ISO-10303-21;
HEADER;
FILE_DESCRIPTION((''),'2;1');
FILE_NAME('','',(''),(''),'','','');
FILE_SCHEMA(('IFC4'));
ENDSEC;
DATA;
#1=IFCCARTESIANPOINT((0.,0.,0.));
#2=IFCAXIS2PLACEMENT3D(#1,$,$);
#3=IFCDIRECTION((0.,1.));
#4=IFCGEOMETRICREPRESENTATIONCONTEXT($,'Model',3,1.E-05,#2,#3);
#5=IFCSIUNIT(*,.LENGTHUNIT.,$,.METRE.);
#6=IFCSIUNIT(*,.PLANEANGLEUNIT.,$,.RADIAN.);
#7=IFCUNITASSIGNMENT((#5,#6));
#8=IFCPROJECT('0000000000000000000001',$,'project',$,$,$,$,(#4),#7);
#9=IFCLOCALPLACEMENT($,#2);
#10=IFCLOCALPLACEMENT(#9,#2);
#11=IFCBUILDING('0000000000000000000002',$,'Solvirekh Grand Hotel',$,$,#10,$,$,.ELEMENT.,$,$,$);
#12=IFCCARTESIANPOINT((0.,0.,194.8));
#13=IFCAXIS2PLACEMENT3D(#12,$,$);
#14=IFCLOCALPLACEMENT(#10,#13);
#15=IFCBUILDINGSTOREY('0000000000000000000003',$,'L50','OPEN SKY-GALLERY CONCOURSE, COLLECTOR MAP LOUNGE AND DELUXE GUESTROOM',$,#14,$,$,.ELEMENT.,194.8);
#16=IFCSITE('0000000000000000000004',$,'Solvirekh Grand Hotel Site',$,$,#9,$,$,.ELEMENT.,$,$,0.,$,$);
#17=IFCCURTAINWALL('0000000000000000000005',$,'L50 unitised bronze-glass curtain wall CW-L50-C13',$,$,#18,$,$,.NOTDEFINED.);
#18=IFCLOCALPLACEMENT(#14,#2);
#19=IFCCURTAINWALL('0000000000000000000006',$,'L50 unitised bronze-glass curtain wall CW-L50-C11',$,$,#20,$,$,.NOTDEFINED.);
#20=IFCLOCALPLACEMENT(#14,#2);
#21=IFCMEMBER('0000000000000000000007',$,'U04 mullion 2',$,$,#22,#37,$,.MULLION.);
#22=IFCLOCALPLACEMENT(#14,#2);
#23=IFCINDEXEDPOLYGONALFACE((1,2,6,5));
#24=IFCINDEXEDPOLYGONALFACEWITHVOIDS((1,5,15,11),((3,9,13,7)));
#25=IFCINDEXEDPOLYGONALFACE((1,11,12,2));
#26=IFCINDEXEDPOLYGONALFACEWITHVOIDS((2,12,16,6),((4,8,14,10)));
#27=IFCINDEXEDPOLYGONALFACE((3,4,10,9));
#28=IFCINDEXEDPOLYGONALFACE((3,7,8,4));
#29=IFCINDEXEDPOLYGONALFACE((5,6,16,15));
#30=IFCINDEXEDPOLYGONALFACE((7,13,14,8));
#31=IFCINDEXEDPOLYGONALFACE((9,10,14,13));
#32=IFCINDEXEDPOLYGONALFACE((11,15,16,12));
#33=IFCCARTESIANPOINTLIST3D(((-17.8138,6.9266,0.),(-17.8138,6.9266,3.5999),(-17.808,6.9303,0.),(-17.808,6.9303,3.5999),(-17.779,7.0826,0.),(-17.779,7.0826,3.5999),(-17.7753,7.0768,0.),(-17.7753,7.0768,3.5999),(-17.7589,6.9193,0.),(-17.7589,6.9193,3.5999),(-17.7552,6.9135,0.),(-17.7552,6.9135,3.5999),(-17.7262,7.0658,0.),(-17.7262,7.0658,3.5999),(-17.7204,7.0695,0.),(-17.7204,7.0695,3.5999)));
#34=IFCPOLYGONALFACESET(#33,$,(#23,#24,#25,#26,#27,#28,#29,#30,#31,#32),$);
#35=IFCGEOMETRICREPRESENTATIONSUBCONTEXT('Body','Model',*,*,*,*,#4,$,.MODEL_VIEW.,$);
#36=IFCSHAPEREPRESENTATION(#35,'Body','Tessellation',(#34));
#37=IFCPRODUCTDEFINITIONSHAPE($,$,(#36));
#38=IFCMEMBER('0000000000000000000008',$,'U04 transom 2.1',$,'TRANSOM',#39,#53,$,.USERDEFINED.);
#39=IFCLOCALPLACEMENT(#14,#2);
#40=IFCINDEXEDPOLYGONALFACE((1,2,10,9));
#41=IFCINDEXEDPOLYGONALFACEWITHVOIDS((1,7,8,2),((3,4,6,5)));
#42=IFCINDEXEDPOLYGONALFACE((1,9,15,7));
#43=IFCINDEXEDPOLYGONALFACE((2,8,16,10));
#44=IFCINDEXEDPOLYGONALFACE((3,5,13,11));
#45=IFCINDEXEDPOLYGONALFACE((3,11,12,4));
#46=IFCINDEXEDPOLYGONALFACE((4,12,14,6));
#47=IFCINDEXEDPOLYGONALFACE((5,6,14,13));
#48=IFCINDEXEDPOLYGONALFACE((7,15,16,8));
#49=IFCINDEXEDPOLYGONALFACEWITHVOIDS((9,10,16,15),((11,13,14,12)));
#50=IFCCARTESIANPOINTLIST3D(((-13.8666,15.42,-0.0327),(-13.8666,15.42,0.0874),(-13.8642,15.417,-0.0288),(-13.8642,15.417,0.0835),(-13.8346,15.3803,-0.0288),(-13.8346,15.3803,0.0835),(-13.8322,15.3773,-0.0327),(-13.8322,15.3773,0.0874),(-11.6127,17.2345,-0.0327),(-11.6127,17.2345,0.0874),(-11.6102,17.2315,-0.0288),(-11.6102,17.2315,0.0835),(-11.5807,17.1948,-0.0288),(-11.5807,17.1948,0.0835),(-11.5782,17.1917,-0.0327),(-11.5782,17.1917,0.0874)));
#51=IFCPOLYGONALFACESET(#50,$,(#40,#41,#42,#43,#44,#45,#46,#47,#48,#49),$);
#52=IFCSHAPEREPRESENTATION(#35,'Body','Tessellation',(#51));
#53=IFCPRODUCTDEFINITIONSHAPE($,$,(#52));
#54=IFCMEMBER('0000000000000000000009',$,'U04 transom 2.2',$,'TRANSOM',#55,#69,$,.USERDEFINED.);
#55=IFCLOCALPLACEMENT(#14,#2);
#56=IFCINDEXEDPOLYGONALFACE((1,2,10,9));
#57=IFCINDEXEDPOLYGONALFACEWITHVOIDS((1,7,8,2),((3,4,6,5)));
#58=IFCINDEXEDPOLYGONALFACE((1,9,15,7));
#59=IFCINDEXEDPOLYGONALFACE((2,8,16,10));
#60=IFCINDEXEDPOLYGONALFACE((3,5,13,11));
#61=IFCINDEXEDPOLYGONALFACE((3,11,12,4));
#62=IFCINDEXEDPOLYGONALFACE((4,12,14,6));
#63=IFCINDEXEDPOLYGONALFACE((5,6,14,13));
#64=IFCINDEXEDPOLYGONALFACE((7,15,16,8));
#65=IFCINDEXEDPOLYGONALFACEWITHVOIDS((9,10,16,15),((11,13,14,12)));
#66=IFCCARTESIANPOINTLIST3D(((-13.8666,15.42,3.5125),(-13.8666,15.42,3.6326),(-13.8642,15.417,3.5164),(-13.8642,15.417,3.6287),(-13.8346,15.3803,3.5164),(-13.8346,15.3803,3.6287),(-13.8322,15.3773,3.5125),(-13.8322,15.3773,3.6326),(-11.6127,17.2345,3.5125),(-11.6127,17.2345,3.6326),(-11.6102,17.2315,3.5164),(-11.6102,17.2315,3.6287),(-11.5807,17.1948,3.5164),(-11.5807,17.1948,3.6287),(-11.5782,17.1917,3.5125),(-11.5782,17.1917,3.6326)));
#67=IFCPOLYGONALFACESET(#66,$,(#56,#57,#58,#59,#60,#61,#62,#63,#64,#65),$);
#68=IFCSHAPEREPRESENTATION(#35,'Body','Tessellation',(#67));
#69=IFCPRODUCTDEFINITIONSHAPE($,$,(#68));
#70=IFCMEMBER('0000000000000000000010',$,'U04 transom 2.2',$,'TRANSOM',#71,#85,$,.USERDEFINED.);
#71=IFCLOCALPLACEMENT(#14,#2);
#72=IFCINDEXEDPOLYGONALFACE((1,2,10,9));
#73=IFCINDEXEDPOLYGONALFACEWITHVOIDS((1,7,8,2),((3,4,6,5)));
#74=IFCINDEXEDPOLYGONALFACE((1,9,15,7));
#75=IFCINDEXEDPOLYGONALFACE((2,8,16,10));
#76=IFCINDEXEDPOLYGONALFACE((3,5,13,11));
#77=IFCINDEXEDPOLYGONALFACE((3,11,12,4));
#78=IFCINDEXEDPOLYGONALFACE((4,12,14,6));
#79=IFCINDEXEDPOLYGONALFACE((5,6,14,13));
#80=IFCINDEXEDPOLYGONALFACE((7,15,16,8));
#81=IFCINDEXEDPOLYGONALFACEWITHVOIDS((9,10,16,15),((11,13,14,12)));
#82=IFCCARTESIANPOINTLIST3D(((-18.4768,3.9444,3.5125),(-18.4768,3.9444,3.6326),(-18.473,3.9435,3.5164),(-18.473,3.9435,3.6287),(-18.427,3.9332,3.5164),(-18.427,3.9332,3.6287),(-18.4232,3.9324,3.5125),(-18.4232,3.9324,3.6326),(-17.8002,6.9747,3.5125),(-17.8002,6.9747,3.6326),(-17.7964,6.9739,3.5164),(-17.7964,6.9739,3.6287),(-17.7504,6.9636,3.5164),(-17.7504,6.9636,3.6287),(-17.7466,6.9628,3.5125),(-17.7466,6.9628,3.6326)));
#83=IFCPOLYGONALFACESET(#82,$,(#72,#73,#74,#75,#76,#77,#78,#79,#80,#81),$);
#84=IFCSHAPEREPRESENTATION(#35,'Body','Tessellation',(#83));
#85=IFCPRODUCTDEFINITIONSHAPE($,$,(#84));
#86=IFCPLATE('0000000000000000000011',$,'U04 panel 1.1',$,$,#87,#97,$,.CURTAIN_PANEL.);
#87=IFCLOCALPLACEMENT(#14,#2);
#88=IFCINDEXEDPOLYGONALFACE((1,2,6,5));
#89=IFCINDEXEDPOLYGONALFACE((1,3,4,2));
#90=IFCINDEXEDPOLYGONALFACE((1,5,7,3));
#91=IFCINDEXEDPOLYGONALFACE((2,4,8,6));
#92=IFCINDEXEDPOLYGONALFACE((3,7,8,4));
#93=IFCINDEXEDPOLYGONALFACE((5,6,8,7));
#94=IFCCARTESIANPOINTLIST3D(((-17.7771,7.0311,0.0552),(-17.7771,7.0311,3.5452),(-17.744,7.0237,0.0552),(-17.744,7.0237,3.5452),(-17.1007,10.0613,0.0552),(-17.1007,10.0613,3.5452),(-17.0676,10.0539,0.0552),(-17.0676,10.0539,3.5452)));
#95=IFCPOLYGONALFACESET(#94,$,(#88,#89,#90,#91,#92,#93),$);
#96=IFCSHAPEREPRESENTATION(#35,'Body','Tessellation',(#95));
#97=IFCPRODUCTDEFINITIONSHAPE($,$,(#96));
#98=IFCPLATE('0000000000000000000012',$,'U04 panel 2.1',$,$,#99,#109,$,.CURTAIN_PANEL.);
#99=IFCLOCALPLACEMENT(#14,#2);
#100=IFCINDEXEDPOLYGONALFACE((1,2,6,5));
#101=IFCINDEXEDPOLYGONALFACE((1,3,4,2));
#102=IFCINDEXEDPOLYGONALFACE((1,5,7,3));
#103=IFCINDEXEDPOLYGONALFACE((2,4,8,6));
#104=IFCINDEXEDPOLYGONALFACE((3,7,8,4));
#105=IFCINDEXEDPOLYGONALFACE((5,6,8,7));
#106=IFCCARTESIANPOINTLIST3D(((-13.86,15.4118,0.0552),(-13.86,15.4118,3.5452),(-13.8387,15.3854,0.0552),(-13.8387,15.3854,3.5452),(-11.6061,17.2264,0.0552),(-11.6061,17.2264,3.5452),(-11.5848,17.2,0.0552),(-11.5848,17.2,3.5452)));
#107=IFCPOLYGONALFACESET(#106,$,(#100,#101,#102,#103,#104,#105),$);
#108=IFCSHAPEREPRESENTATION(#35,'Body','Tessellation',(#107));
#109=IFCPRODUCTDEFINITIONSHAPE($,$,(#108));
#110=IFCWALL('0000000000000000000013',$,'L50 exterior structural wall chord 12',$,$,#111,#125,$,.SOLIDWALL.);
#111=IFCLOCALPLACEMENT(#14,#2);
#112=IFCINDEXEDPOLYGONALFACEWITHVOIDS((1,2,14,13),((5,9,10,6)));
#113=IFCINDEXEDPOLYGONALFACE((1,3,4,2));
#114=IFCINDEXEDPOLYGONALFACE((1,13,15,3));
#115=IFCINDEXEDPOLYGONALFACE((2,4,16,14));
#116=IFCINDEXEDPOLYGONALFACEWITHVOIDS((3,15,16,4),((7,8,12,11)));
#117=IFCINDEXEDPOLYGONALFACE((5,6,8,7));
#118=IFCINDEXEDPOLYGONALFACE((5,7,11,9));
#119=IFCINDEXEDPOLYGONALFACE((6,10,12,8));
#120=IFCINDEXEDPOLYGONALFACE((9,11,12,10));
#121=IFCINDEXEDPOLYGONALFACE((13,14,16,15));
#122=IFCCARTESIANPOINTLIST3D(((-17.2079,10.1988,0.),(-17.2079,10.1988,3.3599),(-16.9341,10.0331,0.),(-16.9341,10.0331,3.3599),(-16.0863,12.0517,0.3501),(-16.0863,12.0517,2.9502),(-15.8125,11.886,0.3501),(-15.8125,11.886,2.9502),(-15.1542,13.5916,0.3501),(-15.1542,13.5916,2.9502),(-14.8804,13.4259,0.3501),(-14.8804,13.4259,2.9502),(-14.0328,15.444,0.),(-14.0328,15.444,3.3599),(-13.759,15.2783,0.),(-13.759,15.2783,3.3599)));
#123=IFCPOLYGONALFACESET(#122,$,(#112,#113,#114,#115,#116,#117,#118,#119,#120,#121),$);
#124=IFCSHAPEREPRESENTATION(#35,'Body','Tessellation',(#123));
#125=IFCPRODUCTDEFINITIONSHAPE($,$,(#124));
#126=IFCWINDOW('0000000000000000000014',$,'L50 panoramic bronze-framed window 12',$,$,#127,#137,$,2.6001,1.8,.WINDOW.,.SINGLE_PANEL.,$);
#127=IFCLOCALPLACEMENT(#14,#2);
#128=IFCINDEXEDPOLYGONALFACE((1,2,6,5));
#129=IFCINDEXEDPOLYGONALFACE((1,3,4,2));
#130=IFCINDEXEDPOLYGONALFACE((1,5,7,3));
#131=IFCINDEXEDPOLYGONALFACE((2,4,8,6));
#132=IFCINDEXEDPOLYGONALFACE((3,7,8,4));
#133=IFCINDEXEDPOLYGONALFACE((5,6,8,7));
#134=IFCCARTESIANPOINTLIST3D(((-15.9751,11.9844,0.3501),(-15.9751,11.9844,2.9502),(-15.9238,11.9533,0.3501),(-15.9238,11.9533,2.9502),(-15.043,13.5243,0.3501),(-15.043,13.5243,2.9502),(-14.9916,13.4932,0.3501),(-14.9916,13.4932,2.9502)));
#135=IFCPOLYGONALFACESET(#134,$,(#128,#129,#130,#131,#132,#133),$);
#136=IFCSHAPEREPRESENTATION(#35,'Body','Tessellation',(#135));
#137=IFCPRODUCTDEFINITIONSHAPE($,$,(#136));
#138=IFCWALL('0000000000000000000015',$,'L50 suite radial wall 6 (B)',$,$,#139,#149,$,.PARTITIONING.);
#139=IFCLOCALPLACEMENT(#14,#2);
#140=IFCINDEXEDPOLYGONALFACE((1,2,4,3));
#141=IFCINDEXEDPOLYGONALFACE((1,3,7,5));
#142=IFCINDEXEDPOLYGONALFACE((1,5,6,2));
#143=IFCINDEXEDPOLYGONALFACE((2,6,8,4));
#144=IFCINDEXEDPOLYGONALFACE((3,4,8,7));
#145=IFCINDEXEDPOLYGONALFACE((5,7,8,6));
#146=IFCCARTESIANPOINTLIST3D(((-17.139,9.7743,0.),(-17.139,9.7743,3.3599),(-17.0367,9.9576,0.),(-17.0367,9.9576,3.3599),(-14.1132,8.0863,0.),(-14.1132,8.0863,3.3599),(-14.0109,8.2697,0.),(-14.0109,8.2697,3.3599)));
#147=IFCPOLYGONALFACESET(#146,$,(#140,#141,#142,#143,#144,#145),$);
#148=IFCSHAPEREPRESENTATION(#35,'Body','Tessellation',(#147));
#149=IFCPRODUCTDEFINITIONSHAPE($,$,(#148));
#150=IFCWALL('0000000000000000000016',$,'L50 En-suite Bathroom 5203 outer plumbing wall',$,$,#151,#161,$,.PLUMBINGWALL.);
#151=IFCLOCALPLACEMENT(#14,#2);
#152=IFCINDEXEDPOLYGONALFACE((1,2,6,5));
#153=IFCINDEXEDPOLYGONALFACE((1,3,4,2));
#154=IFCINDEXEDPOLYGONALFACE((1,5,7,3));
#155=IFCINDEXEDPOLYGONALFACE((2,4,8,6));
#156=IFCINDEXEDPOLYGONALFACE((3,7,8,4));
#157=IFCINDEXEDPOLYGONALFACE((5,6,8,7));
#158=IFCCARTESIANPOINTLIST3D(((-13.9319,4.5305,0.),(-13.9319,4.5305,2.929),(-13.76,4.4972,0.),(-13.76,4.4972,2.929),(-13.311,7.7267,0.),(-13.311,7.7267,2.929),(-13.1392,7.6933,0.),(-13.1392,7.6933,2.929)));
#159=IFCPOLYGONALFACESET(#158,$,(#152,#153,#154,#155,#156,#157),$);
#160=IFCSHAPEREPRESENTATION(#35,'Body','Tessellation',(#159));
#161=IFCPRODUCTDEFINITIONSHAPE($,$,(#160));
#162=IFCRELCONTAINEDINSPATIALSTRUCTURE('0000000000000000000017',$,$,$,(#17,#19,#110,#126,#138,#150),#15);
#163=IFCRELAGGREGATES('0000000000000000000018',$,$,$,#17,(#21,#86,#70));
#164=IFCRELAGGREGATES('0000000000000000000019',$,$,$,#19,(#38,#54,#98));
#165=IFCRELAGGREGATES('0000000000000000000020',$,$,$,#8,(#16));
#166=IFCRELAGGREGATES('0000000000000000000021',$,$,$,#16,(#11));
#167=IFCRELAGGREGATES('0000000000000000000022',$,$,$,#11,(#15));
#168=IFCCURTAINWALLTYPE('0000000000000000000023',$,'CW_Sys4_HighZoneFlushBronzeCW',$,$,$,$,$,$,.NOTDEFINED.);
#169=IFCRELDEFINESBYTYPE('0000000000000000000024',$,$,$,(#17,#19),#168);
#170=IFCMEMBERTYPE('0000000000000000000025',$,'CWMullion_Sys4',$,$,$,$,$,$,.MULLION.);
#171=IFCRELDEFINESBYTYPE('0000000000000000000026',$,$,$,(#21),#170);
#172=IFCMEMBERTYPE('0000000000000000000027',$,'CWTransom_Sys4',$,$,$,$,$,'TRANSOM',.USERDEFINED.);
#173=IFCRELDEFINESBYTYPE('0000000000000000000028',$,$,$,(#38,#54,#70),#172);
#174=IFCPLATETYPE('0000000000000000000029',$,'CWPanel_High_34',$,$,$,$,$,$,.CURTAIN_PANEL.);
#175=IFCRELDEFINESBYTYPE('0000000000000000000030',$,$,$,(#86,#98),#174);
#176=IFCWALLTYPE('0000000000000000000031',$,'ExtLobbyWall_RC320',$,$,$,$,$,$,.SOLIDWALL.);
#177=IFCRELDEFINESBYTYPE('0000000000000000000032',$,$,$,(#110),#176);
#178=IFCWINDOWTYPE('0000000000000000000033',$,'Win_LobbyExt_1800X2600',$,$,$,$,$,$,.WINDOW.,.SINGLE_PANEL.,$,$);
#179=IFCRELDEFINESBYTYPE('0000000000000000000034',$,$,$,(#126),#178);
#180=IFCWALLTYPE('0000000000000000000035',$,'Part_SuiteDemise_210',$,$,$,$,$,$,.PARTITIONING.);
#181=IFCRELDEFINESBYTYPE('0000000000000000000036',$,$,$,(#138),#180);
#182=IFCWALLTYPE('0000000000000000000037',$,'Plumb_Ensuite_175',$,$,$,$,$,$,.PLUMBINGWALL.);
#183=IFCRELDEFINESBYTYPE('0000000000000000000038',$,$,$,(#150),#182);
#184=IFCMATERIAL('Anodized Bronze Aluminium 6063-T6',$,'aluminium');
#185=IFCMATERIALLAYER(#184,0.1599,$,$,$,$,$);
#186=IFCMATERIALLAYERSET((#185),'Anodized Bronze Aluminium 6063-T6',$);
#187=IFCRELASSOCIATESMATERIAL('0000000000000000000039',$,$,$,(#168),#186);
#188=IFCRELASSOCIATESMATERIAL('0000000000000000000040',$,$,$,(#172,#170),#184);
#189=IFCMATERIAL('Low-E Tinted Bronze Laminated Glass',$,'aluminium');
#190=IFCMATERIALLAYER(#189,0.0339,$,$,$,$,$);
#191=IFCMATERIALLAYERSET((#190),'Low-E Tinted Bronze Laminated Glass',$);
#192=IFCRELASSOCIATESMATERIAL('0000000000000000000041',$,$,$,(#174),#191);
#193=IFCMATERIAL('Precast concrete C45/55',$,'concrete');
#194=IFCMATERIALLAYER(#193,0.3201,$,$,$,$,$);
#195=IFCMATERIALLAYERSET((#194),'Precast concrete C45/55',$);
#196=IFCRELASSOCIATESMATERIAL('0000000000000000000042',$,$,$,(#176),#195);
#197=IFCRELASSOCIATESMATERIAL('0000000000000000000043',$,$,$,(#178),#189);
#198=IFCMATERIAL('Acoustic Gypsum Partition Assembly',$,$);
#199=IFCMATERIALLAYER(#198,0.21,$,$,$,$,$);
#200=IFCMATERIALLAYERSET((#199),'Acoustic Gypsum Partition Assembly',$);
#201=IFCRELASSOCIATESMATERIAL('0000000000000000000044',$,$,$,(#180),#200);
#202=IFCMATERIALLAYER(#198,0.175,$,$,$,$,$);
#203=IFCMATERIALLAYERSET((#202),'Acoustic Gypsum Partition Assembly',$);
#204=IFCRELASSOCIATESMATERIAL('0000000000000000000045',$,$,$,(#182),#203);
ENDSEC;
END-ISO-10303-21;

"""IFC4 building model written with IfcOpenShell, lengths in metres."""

from ifc_helpers import new_model, si_unit, direction, frame, frame_2d, origin, origin_2d, place, context, subcontext, project, spatial, rectangle, hollow_rectangle, extrude, source, transform, mapped, material, layer, layer_set, material_profile, profile_set, type_object, element, fill, aggregate, save


model = new_model("IFC4")

# Units and contexts
model_context = context("Model", 3, precision=1e-05, world=origin(), true_north=direction((0.0, 1.0)))
body_context = subcontext(model_context, "Body", "Model", "MODEL_VIEW")
ifc_project = project(units=[si_unit("LENGTHUNIT", "METRE"), si_unit("PLANEANGLEUNIT", "RADIAN")], contexts=[model_context])

# Site, building, storey
site_placement = place(None, origin())
site = spatial("IfcSite", under=ifc_project, at=site_placement, Name="Solvirekh Grand Hotel Site", CompositionType="ELEMENT", RefElevation=0.0)
building_placement = place(site_placement, origin())
building = spatial("IfcBuilding", under=site, at=building_placement, Name="Solvirekh Grand Hotel", CompositionType="ELEMENT")
storey_placement = place(building_placement, frame((0.0, 0.0, 194.8)))
storey = spatial("IfcBuildingStorey", under=building, at=storey_placement, Name="L50", Description="OPEN SKY-GALLERY CONCOURSE, COLLECTOR MAP LOUNGE AND DELUXE GUESTROOM", CompositionType="ELEMENT", Elevation=194.8)

# Curtain walls
ifc_material_1 = material(Name="Anodized Bronze Aluminium 6063-T6", Category="aluminium")
ifc_layer_1 = layer(ifc_material_1, 0.1599)
ifc_layer_set_1 = layer_set([ifc_layer_1], Name="Anodized Bronze Aluminium 6063-T6")
curtain_wall_type = type_object("IfcCurtainWallType", Name="CW_Sys4_HighZoneFlushBronzeCW", PredefinedType="NOTDEFINED", material=ifc_layer_set_1)
curtain_wall_1_placement = place(storey_placement, origin())
curtain_wall_1 = element("IfcCurtainWall", 1, at=curtain_wall_1_placement, inside=storey, type_object=curtain_wall_type, Name="L50 unitised bronze-glass curtain wall CW-L50-C13", PredefinedType="NOTDEFINED")
ifc_material_profile_1 = material_profile(ifc_material_1, hollow_rectangle(XDim=0.0549, YDim=0.1201, WallThickness=0.0039, at=origin_2d()), Name="ALU RHS 120X55X4")
ifc_profile_set_1 = profile_set([ifc_material_profile_1], Name="Anodized Bronze Aluminium 6063-T6")
member_type_1 = type_object("IfcMemberType", Name="CWTransom_Sys4", ElementType="TRANSOM", PredefinedType="USERDEFINED", material=ifc_profile_set_1)
curtain_wall_2_placement = place(storey_placement, origin())
curtain_wall_2 = element("IfcCurtainWall", 2, at=curtain_wall_2_placement, inside=storey, type_object=curtain_wall_type, Name="L50 unitised bronze-glass curtain wall CW-L50-C11", PredefinedType="NOTDEFINED")
ifc_material_profile_2 = material_profile(ifc_material_1, hollow_rectangle(XDim=0.0601, YDim=0.1599, WallThickness=0.0049, at=origin_2d()), Name="ALU RHS 160X60X5")
ifc_profile_set_2 = profile_set([ifc_material_profile_2], Name="Anodized Bronze Aluminium 6063-T6")
member_type_2 = type_object("IfcMemberType", Name="CWMullion_Sys4", PredefinedType="MULLION", material=ifc_profile_set_2)
shared_shape_1 = source(origin(), body_context, "Body", "SweptSolid", [
    extrude(hollow_rectangle(XDim=0.0601, YDim=0.1599, WallThickness=0.0049, at=origin_2d()), origin(), (0.0, 0.0, 1.0), 3.5999),
])

# Members
member_1_placement = place(storey_placement, frame((-17.7671, 6.998, 0.0), z_axis=(0.0, 0.0, 1.0), x_axis=(0.97598, -0.217858, 0.0)))
member_1 = element("IfcMember", 3, at=member_1_placement, type_object=member_type_2, Name="U04 mullion 2", PredefinedType="MULLION", context=body_context, shape_type="MappedRepresentation", body=[
    mapped(shared_shape_1, transform((0.0, 0.0, 0.0), x_axis=(1.0, 0.0, 0.0), y_axis=(0.0, 1.0, 0.0), z_axis=(0.0, 0.0, 1.0), scale=1.0)),
])
shared_shape_2 = source(origin(), body_context, "Body", "SweptSolid", [
    extrude(hollow_rectangle(XDim=0.0549, YDim=0.1201, WallThickness=0.0039, at=origin_2d()), origin(), (0.0, 0.0, 1.0), 2.8936),
])
member_2_placement = place(storey_placement, frame((-11.5955, 17.2131, 0.0273), z_axis=(-0.778955, -0.627079, 0.0), x_axis=(0.627079, -0.778955, 0.0)))
member_2 = element("IfcMember", 4, at=member_2_placement, type_object=member_type_1, Name="U04 transom 2.1", ObjectType="TRANSOM", PredefinedType="USERDEFINED", context=body_context, shape_type="MappedRepresentation", body=[
    mapped(shared_shape_2, transform((0.0, 0.0, 0.0), x_axis=(1.0, 0.0, 0.0), y_axis=(0.0, 1.0, 0.0), z_axis=(0.0, 0.0, 1.0), scale=1.0)),
])
member_3_placement = place(storey_placement, frame((-11.5955, 17.2131, 3.5725), z_axis=(-0.778955, -0.627079, 0.0), x_axis=(0.627079, -0.778955, 0.0)))
member_3 = element("IfcMember", 5, at=member_3_placement, type_object=member_type_1, Name="U04 transom 2.2", ObjectType="TRANSOM", PredefinedType="USERDEFINED", context=body_context, shape_type="MappedRepresentation", body=[
    mapped(shared_shape_2, transform((0.0, 0.0, 0.0), x_axis=(1.0, 0.0, 0.0), y_axis=(0.0, 1.0, 0.0), z_axis=(0.0, 0.0, 1.0), scale=1.0)),
])
shared_shape_3 = source(origin(), body_context, "Body", "SweptSolid", [
    extrude(hollow_rectangle(XDim=0.0549, YDim=0.1201, WallThickness=0.0039, at=origin_2d()), origin(), (0.0, 0.0, 1.0), 3.105),
])
member_4_placement = place(storey_placement, frame((-17.7734, 6.9688, 3.5725), z_axis=(-0.217888, -0.975974, 0.0), x_axis=(0.975974, -0.217888, 0.0)))
member_4 = element("IfcMember", 6, at=member_4_placement, type_object=member_type_1, Name="U04 transom 2.2", ObjectType="TRANSOM", PredefinedType="USERDEFINED", context=body_context, shape_type="MappedRepresentation", body=[
    mapped(shared_shape_3, transform((0.0, 0.0, 0.0), x_axis=(1.0, 0.0, 0.0), y_axis=(0.0, 1.0, 0.0), z_axis=(0.0, 0.0, 1.0), scale=1.0)),
])

# Plates
ifc_material_2 = material(Name="Low-E Tinted Bronze Laminated Glass", Category="aluminium")
ifc_layer_2 = layer(ifc_material_2, 0.0339)
ifc_layer_set_2 = layer_set([ifc_layer_2], Name="Low-E Tinted Bronze Laminated Glass")
plate_type = type_object("IfcPlateType", Name="CWPanel_High_34", PredefinedType="CURTAIN_PANEL", material=ifc_layer_set_2)
shared_shape_4 = source(origin(), body_context, "Body", "SweptSolid", [
    extrude(rectangle(XDim=3.1047, YDim=0.0339, at=origin_2d()), origin(), (0.0, 0.0, 1.0), 3.49),
])
plate_1_placement = place(storey_placement, frame((-17.4224, 8.5425, 0.0552), z_axis=(0.0, 0.0, 1.0), x_axis=(-0.217858, -0.97598, 0.0)))
plate_1 = element("IfcPlate", 7, at=plate_1_placement, type_object=plate_type, Name="U04 panel 1.1", PredefinedType="CURTAIN_PANEL", context=body_context, shape_type="MappedRepresentation", body=[
    mapped(shared_shape_4, transform((0.0, 0.0, 0.0), x_axis=(1.0, 0.0, 0.0), y_axis=(0.0, 1.0, 0.0), z_axis=(0.0, 0.0, 1.0), scale=1.0)),
])
aggregate(curtain_wall_1, [member_1, plate_1, member_4])
shared_shape_5 = source(origin(), body_context, "Body", "SweptSolid", [
    extrude(rectangle(XDim=2.8936, YDim=0.0339, at=origin_2d()), origin(), (0.0, 0.0, 1.0), 3.49),
])
plate_2_placement = place(storey_placement, frame((-12.7224, 16.3059, 0.0552), z_axis=(0.0, 0.0, 1.0), x_axis=(-0.778936, -0.627104, 0.0)))
plate_2 = element("IfcPlate", 8, at=plate_2_placement, type_object=plate_type, Name="U04 panel 2.1", PredefinedType="CURTAIN_PANEL", context=body_context, shape_type="MappedRepresentation", body=[
    mapped(shared_shape_5, transform((0.0, 0.0, 0.0), x_axis=(1.0, 0.0, 0.0), y_axis=(0.0, 1.0, 0.0), z_axis=(0.0, 0.0, 1.0), scale=1.0)),
])
aggregate(curtain_wall_2, [member_2, member_3, plate_2])

# Wall, opening, window
ifc_material_3 = material(Name="Precast concrete C45/55", Category="concrete")
ifc_layer_3 = layer(ifc_material_3, 0.3201)
ifc_layer_set_3 = layer_set([ifc_layer_3], Name="Precast concrete C45/55")
wall_type_1 = type_object("IfcWallType", Name="ExtLobbyWall_RC320", PredefinedType="SOLIDWALL", material=ifc_layer_set_3)
wall_1_placement = place(storey_placement, frame((-17.071, 10.116, 0.0), z_axis=(0.0, 0.0, 1.0), x_axis=(0.517847, 0.855473, 0.0)))
wall_1 = element("IfcWall", 9, at=wall_1_placement, inside=storey, type_object=wall_type_1, Name="L50 exterior structural wall chord 12", PredefinedType="SOLIDWALL", context=body_context, shape_type="SweptSolid", body=[
    extrude(rectangle(XDim=6.1313, YDim=0.3201, at=frame_2d((3.0657, 0.0))), origin(), (0.0, 0.0, 1.0), 3.3599),
])
opening_placement = place(wall_1_placement, frame((2.166, 0.0, 0.3501)))
opening = element("IfcOpeningElement", 10, at=opening_placement, cuts=wall_1, PredefinedType="OPENING", context=body_context, shape_type="SweptSolid", body=[
    extrude(rectangle(XDim=1.8, YDim=2.6001, at=frame_2d((0.8999, 1.3))), frame((0.0, 0.1699, 0.0), z_axis=(0.0, -1.0, 0.0), x_axis=(1.0, 0.0, 0.0)), (0.0, 0.0, 1.0), 0.3401),
])
window_type = type_object("IfcWindowType", Name="Win_LobbyExt_1800X2600", PartitioningType="SINGLE_PANEL", PredefinedType="WINDOW", material=ifc_material_2)
window_placement = place(opening_placement, origin())
window = element("IfcWindow", 11, at=window_placement, inside=storey, type_object=window_type, Name="L50 panoramic bronze-framed window 12", OverallHeight=2.6001, OverallWidth=1.8, PartitioningType="SINGLE_PANEL", PredefinedType="WINDOW", context=body_context, shape_type="SweptSolid", body=[
    extrude(rectangle(XDim=1.8, YDim=2.6001, at=frame_2d((0.8999, 1.3))), frame((0.0, 0.03, 0.0), z_axis=(0.0, -1.0, 0.0), x_axis=(1.0, 0.0, 0.0)), (0.0, 0.0, 1.0), 0.0601),
])
fill(opening, window)

# Walls
ifc_material_4 = material(Name="Acoustic Gypsum Partition Assembly")
ifc_layer_4 = layer(ifc_material_4, 0.21)
ifc_layer_set_4 = layer_set([ifc_layer_4], Name="Acoustic Gypsum Partition Assembly")
wall_type_2 = type_object("IfcWallType", Name="Part_SuiteDemise_210", PredefinedType="PARTITIONING", material=ifc_layer_set_4)
wall_2_placement = place(storey_placement, frame((-14.062, 8.178, 0.0), z_axis=(0.0, 0.0, 1.0), x_axis=(-0.873305, 0.487174, 0.0)))
element("IfcWall", 12, at=wall_2_placement, inside=storey, type_object=wall_type_2, Name="L50 suite radial wall 6 (B)", PredefinedType="PARTITIONING", context=body_context, shape_type="SweptSolid", body=[
    extrude(rectangle(XDim=3.4648, YDim=0.21, at=frame_2d((1.7324, 0.0))), origin(), (0.0, 0.0, 1.0), 3.3599),
])
ifc_layer_5 = layer(ifc_material_4, 0.175)
ifc_layer_set_5 = layer_set([ifc_layer_5], Name="Acoustic Gypsum Partition Assembly")
wall_type_3 = type_object("IfcWallType", Name="Plumb_Ensuite_175", PredefinedType="PLUMBINGWALL", material=ifc_layer_set_5)
wall_3_placement = place(storey_placement, frame((-13.2251, 7.71, 0.0), z_axis=(0.0, 0.0, 1.0), x_axis=(-0.190691, -0.98165, 0.0)))
element("IfcWall", 13, at=wall_3_placement, inside=storey, type_object=wall_type_3, Name="L50 En-suite Bathroom 5203 outer plumbing wall", PredefinedType="PLUMBINGWALL", context=body_context, shape_type="SweptSolid", body=[
    extrude(rectangle(XDim=3.2559, YDim=0.175, at=frame_2d((1.6279, 0.0))), origin(), (0.0, 0.0, 1.0), 2.929),
])

save(model, "model.ifc")
